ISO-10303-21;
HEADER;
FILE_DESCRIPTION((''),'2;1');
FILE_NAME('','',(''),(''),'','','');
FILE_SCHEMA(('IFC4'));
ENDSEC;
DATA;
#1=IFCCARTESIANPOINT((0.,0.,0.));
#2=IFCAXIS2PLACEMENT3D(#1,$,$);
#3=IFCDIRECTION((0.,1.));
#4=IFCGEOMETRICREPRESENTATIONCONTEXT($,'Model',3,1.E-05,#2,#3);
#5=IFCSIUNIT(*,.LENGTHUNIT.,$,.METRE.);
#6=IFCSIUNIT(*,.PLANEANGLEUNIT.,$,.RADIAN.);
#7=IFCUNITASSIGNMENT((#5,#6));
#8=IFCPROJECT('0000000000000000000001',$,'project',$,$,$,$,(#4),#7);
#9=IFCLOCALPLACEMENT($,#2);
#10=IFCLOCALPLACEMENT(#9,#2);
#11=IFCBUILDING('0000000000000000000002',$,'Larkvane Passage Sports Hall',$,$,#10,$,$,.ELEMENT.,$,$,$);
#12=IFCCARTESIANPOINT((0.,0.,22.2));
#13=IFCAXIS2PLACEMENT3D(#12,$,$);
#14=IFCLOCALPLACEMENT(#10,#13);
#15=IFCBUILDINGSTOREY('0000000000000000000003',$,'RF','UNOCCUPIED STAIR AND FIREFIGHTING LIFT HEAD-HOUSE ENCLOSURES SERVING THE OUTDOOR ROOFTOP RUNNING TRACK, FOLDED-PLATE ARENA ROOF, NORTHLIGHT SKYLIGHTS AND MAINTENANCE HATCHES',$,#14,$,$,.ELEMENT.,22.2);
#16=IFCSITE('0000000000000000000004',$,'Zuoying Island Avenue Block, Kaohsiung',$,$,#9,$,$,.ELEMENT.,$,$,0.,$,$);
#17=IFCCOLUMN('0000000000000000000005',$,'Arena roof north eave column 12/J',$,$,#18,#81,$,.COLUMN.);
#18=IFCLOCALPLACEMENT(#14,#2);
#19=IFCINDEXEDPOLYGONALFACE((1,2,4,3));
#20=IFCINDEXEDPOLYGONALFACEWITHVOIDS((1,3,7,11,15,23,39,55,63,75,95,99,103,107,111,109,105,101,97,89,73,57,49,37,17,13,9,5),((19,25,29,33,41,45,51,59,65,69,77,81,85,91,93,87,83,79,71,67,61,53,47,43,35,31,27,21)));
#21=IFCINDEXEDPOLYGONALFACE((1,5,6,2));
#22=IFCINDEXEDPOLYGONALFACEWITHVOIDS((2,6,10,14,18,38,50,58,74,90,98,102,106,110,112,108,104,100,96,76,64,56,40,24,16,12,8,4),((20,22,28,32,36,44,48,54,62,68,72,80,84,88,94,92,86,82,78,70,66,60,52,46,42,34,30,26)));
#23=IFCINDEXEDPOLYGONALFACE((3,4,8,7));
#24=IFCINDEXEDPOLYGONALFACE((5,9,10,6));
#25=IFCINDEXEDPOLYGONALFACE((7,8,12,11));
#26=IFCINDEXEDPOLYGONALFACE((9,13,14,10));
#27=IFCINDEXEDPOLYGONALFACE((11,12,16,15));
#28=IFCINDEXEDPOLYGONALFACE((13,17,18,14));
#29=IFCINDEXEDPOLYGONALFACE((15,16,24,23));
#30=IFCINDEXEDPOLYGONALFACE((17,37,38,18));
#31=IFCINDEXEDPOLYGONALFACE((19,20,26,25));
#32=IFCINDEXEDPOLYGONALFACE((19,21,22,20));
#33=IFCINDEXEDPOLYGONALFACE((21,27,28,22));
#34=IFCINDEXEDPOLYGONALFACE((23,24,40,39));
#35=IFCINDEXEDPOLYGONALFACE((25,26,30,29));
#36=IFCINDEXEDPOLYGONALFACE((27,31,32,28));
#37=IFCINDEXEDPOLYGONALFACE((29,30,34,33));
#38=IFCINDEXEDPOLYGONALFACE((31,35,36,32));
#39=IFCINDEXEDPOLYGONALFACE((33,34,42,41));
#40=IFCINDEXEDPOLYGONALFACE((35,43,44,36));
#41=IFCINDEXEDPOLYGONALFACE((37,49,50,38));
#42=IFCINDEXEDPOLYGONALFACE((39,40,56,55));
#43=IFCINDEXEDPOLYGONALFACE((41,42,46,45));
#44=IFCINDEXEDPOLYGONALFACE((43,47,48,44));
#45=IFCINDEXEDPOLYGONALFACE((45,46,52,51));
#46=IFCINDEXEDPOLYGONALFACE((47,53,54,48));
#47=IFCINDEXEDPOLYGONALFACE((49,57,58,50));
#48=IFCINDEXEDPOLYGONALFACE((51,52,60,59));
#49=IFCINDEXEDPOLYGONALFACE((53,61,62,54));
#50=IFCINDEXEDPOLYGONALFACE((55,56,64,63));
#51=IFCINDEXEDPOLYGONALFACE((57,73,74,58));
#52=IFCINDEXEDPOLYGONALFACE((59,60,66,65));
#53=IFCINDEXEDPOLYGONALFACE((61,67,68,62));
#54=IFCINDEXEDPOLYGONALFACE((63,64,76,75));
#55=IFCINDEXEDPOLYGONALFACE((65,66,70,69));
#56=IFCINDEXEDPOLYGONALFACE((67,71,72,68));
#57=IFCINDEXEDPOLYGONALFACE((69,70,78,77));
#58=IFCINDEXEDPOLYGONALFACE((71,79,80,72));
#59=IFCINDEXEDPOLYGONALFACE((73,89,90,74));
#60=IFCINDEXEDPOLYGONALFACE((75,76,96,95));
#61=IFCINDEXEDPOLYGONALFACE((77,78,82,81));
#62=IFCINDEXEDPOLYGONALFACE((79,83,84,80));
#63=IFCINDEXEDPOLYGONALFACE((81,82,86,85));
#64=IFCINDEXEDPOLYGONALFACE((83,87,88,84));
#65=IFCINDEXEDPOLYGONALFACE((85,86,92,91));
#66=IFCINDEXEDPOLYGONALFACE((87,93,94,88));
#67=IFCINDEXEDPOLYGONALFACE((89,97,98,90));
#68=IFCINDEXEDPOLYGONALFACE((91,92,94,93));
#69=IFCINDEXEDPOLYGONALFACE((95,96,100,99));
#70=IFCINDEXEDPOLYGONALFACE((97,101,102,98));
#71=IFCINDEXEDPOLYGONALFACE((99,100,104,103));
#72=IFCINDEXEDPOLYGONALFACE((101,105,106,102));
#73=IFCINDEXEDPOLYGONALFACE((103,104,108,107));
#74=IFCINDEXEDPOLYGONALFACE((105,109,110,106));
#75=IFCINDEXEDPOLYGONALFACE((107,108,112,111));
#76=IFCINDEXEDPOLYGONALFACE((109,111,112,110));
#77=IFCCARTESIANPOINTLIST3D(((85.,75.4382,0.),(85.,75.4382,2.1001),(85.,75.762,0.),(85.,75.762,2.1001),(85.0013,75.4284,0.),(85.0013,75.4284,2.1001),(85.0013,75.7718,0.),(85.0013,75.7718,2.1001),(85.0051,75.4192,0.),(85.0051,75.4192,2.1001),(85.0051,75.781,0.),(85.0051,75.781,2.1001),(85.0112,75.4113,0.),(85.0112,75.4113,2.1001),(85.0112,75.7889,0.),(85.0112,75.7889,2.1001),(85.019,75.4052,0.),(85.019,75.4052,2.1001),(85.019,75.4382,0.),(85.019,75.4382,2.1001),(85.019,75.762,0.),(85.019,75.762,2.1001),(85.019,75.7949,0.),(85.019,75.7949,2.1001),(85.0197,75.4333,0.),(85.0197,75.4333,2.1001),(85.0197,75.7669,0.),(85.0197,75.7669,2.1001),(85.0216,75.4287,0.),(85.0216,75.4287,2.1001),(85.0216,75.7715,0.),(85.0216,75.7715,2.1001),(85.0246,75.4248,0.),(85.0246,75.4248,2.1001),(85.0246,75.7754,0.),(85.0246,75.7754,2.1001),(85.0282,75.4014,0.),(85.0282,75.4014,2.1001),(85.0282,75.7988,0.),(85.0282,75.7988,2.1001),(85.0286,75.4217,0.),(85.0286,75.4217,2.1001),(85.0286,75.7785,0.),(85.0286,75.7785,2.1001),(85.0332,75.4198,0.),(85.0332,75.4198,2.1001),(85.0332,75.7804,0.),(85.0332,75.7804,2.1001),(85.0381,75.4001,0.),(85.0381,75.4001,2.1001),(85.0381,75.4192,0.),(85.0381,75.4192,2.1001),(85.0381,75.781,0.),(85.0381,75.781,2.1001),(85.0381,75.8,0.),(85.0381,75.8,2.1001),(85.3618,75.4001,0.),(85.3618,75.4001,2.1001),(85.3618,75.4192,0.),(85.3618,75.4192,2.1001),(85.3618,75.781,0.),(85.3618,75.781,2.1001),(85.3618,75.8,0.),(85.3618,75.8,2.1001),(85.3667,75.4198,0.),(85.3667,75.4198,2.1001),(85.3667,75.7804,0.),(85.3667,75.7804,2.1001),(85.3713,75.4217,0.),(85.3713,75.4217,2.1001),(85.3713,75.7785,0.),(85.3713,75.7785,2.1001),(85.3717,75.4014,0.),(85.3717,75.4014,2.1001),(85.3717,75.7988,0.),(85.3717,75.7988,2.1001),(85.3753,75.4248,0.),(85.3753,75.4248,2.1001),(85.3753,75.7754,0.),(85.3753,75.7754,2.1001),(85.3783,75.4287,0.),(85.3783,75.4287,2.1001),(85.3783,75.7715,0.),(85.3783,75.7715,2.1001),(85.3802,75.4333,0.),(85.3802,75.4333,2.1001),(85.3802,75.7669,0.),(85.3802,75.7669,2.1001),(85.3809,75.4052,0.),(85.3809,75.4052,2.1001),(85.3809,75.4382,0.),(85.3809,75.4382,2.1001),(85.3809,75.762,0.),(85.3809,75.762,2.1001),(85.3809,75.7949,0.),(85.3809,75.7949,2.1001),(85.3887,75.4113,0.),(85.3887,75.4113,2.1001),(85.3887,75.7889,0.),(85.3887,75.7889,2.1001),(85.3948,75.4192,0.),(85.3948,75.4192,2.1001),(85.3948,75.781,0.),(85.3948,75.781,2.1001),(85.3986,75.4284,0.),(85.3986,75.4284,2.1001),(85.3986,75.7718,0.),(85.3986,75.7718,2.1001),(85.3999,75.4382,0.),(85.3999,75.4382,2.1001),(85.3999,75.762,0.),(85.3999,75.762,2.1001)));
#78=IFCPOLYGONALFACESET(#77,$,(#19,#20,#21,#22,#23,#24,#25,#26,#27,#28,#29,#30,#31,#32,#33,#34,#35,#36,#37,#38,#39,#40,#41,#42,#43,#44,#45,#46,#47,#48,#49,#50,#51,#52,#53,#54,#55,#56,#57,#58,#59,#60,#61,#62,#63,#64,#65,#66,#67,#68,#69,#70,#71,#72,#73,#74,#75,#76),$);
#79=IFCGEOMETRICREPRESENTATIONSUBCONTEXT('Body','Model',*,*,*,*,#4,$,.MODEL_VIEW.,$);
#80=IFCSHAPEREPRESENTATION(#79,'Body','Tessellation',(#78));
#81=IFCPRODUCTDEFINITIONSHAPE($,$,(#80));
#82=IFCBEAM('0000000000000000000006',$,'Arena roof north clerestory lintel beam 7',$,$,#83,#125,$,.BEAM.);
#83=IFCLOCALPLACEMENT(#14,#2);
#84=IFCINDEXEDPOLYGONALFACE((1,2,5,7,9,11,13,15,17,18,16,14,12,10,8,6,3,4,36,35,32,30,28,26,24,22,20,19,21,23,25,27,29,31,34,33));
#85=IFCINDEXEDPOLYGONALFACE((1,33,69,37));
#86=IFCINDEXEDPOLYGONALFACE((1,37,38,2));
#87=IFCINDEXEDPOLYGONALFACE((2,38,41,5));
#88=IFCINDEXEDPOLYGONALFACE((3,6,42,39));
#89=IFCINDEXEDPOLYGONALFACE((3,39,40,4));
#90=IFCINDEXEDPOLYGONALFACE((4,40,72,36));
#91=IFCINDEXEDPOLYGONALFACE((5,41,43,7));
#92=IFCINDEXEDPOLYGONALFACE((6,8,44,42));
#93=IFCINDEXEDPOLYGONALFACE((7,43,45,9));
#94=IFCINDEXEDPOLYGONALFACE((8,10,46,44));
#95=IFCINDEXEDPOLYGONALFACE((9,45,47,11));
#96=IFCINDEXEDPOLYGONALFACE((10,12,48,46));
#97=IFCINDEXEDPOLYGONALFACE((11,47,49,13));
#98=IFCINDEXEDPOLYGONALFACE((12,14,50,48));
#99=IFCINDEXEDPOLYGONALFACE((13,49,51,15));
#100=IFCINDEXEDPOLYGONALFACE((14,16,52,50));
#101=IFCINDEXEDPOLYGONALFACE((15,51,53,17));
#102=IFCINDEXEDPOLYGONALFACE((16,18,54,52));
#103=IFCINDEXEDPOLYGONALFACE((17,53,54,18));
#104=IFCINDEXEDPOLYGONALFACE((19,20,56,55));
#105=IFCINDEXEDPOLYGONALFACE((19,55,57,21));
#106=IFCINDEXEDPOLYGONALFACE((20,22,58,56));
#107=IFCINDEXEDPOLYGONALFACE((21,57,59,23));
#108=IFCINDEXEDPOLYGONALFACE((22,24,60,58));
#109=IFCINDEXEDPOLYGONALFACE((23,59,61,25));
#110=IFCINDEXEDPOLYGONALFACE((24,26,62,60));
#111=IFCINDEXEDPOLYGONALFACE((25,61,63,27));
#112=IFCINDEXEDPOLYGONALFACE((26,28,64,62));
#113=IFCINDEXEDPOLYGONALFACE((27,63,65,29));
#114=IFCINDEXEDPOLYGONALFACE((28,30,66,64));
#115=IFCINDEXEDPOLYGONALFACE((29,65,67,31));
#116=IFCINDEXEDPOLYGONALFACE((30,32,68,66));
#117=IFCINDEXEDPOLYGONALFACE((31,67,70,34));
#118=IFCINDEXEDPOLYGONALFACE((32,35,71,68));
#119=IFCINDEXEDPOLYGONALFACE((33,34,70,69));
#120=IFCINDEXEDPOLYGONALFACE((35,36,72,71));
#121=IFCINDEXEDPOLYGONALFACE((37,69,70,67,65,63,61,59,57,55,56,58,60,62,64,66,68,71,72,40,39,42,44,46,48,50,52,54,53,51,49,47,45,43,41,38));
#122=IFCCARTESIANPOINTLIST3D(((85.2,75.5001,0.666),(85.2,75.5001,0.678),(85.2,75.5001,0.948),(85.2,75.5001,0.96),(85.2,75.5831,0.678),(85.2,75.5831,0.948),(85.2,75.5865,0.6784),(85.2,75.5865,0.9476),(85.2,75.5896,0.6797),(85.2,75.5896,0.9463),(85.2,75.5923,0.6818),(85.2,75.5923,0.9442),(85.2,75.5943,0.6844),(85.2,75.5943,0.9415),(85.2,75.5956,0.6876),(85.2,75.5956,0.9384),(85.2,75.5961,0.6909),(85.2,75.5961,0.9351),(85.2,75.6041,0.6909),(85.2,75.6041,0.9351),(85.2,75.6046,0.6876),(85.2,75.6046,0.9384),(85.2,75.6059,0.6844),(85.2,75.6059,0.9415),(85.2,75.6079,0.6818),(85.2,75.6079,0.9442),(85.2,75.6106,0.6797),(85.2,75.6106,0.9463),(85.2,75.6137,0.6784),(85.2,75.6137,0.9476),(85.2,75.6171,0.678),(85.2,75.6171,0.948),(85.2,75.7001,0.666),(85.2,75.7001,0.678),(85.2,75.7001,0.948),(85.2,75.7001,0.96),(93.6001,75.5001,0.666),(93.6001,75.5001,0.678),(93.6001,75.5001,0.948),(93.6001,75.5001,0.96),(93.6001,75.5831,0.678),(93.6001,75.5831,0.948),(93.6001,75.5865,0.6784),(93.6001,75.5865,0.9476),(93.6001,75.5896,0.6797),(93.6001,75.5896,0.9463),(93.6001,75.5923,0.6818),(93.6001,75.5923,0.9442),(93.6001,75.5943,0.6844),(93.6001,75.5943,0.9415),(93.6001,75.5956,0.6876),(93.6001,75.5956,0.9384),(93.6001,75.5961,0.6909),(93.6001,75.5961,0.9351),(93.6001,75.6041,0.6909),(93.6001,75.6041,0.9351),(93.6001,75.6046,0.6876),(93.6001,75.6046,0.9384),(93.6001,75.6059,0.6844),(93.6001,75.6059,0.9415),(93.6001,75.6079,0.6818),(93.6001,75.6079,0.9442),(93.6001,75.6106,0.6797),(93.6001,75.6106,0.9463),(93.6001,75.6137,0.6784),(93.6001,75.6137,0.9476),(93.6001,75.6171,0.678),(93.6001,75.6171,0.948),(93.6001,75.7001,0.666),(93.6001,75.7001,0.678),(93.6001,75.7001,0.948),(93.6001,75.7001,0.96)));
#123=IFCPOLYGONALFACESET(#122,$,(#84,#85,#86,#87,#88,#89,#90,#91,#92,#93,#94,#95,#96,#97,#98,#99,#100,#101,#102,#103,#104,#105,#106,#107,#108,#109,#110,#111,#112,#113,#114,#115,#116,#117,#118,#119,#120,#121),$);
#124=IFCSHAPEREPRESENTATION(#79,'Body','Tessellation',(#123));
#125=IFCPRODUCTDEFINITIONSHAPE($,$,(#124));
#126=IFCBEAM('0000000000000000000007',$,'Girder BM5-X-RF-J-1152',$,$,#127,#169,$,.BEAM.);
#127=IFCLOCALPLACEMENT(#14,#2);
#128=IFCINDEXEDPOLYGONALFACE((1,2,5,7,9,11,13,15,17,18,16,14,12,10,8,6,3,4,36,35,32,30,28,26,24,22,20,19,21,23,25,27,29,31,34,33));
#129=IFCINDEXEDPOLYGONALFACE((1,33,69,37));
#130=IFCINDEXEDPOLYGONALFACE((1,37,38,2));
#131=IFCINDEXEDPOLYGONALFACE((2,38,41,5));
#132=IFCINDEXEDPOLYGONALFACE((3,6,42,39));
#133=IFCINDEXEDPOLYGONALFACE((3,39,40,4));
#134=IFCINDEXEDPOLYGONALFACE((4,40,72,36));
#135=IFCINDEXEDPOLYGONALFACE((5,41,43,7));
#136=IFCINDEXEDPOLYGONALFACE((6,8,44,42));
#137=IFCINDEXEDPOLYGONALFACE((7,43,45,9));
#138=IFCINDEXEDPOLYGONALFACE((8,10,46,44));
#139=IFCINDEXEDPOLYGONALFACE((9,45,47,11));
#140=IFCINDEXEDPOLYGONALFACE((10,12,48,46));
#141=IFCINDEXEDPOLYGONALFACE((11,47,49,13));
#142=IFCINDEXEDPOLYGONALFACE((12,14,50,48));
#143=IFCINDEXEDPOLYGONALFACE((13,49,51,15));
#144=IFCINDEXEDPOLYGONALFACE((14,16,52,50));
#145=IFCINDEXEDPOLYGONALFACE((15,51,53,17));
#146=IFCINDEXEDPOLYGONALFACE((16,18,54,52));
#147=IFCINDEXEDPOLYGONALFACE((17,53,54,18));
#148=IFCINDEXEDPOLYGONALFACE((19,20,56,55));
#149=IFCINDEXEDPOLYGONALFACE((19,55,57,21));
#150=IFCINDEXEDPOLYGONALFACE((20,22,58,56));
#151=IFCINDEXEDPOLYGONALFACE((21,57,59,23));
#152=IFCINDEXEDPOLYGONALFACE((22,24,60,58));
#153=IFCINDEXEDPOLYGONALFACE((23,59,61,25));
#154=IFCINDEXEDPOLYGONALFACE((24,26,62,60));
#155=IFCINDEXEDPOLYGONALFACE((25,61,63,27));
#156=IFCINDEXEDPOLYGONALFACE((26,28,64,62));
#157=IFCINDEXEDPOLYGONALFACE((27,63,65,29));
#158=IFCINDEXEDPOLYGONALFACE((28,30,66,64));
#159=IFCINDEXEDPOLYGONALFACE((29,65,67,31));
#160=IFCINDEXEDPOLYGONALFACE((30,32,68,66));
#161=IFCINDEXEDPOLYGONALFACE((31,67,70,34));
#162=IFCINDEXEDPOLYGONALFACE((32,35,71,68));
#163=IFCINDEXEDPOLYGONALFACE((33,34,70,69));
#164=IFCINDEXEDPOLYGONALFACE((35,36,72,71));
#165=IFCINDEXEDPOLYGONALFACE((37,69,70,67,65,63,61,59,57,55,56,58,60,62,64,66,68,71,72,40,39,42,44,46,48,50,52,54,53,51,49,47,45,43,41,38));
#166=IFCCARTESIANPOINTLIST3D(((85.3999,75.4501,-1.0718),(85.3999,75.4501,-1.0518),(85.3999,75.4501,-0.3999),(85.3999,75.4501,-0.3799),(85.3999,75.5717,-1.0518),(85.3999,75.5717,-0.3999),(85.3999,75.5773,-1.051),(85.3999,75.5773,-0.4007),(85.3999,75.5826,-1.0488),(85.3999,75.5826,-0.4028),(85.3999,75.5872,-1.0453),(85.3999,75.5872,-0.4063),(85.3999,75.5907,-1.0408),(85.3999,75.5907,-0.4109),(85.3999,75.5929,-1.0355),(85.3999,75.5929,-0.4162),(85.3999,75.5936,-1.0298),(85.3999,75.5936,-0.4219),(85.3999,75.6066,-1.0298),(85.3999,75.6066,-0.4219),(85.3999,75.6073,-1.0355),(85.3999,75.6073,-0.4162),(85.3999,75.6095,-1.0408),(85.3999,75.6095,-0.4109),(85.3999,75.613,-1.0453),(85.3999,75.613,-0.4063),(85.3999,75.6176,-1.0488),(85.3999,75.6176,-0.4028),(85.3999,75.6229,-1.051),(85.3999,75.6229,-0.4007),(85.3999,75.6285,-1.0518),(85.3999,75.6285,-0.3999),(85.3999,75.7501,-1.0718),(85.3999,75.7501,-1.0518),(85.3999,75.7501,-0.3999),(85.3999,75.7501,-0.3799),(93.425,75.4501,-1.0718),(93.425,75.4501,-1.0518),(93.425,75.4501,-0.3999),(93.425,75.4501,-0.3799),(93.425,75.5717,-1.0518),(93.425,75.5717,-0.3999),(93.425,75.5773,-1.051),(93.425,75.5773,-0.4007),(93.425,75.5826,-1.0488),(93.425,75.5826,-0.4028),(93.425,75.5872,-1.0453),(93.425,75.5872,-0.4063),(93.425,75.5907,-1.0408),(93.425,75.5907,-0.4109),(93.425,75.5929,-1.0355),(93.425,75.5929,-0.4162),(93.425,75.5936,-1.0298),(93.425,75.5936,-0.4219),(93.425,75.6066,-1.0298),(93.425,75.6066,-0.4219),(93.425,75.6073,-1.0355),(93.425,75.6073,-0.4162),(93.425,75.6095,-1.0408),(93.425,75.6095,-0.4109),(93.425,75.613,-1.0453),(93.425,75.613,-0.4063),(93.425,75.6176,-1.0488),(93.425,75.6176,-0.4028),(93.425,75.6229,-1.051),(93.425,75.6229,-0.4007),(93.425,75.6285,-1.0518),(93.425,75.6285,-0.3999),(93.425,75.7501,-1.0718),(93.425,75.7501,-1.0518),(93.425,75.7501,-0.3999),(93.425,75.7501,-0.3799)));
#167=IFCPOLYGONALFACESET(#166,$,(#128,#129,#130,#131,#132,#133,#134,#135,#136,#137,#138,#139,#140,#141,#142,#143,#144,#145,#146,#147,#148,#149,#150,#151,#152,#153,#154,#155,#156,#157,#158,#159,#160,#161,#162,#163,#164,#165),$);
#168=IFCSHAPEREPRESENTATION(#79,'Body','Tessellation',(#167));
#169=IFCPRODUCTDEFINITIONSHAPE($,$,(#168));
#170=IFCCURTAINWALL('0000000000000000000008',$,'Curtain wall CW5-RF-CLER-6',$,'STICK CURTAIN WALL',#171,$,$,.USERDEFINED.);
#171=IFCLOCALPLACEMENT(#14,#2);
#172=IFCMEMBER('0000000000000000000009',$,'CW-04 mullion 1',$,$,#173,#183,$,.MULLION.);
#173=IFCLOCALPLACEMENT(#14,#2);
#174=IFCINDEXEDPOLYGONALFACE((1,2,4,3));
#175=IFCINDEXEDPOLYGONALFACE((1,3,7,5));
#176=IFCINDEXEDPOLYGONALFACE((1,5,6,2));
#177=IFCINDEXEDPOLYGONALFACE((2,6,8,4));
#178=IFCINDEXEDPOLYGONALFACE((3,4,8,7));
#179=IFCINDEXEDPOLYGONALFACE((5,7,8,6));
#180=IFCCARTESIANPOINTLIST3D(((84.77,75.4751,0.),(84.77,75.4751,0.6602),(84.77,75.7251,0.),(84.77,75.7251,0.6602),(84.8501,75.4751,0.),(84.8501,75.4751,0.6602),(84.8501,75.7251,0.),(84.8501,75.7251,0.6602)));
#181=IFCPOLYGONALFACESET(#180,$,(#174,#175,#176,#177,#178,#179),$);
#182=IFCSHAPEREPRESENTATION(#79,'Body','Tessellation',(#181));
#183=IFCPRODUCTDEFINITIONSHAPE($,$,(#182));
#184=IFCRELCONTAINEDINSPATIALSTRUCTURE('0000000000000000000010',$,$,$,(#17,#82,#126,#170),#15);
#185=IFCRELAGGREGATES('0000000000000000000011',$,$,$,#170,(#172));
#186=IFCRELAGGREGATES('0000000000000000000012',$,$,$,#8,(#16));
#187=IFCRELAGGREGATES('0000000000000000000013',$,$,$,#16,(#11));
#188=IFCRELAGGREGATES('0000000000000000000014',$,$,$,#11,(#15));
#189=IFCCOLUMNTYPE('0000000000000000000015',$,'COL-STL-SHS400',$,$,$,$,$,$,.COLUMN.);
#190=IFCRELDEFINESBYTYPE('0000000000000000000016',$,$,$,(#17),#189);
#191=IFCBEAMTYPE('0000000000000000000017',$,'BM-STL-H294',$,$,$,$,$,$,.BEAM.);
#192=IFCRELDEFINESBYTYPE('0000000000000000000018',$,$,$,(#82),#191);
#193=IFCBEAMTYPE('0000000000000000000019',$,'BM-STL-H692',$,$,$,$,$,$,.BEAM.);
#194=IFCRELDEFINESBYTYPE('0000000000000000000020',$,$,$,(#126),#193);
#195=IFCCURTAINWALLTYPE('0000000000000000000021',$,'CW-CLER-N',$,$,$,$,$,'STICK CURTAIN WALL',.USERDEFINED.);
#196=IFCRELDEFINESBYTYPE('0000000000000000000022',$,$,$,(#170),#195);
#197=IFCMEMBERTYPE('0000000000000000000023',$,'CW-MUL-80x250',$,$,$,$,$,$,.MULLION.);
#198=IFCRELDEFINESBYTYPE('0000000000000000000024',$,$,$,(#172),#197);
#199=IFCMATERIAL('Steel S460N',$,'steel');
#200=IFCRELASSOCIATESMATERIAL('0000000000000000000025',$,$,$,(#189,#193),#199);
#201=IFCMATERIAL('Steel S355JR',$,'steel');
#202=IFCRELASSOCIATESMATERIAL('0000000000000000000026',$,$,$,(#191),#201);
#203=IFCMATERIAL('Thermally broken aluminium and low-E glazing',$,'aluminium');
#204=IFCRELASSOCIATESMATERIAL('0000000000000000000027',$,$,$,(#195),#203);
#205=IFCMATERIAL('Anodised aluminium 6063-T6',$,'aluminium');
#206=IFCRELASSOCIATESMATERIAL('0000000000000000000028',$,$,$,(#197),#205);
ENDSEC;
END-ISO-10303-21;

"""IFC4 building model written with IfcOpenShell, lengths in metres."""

from ifc_helpers import new_model, si_unit, direction, frame, origin, origin_2d, place, context, subcontext, project, spatial, rectangle, hollow_rectangle, i_section, extrude, material, material_profile, profile_set, type_object, element, aggregate, save


model = new_model("IFC4")

# Units and contexts
model_context = context("Model", 3, precision=1e-05, world=origin(), true_north=direction((0.0, 1.0)))
body_context = subcontext(model_context, "Body", "Model", "MODEL_VIEW")
ifc_project = project(units=[si_unit("LENGTHUNIT", "METRE"), si_unit("PLANEANGLEUNIT", "RADIAN")], contexts=[model_context])

# Site, building, storey
site_placement = place(None, origin())
site = spatial("IfcSite", under=ifc_project, at=site_placement, Name="Zuoying Island Avenue Block, Kaohsiung", CompositionType="ELEMENT", RefElevation=0.0)
building_placement = place(site_placement, origin())
building = spatial("IfcBuilding", under=site, at=building_placement, Name="Larkvane Passage Sports Hall", CompositionType="ELEMENT")
storey_placement = place(building_placement, frame((0.0, 0.0, 22.2)))
storey = spatial("IfcBuildingStorey", under=building, at=storey_placement, Name="RF", Description="UNOCCUPIED STAIR AND FIREFIGHTING LIFT HEAD-HOUSE ENCLOSURES SERVING THE OUTDOOR ROOFTOP RUNNING TRACK, FOLDED-PLATE ARENA ROOF, NORTHLIGHT SKYLIGHTS AND MAINTENANCE HATCHES", CompositionType="ELEMENT", Elevation=22.2)

# Column
ifc_material_1 = material(Name="Steel S460N", Category="steel")
ifc_material_profile_1 = material_profile(ifc_material_1, hollow_rectangle(XDim=0.3999, YDim=0.3999, WallThickness=0.019, InnerFilletRadius=0.019, OuterFilletRadius=0.0381, at=origin_2d()), Name="SHS-400x400x19")
ifc_profile_set_1 = profile_set([ifc_material_profile_1], Name="Steel S460N")
column_type = type_object("IfcColumnType", Name="COL-STL-SHS400", PredefinedType="COLUMN", material=ifc_profile_set_1)
column_placement = place(storey_placement, frame((85.2, 75.6001, 0.0), z_axis=(0.0, 0.0, 1.0), x_axis=(1.0, 0.0, 0.0)))
element("IfcColumn", 1, at=column_placement, inside=storey, type_object=column_type, Name="Arena roof north eave column 12/J", PredefinedType="COLUMN", context=body_context, shape_type="SweptSolid", body=[
    extrude(hollow_rectangle(XDim=0.3999, YDim=0.3999, WallThickness=0.019, InnerFilletRadius=0.019, OuterFilletRadius=0.0381, at=origin_2d()), origin(), (0.0, 0.0, 1.0), 2.1001),
])

# Beams
ifc_material_2 = material(Name="Steel S355JR", Category="steel")
ifc_material_profile_2 = material_profile(ifc_material_2, i_section(OverallWidth=0.2, OverallDepth=0.2939, WebThickness=0.0081, FlangeThickness=0.012, FilletRadius=0.0129, at=origin_2d()), Name="H-294x200x8x12")
ifc_profile_set_2 = profile_set([ifc_material_profile_2], Name="Steel S355JR")
beam_type_1 = type_object("IfcBeamType", Name="BM-STL-H294", PredefinedType="BEAM", material=ifc_profile_set_2)
beam_1_placement = place(storey_placement, frame((85.2, 75.6001, 0.813), z_axis=(1.0, 0.0, 0.0), x_axis=(0.0, 1.0, 0.0)))
element("IfcBeam", 2, at=beam_1_placement, inside=storey, type_object=beam_type_1, Name="Arena roof north clerestory lintel beam 7", PredefinedType="BEAM", context=body_context, shape_type="SweptSolid", body=[
    extrude(i_section(OverallWidth=0.2, OverallDepth=0.2939, WebThickness=0.0081, FlangeThickness=0.012, FilletRadius=0.0129, at=origin_2d()), origin(), (0.0, 0.0, 1.0), 8.4001),
])
ifc_material_profile_3 = material_profile(ifc_material_1, i_section(OverallWidth=0.3, OverallDepth=0.6919, WebThickness=0.0129, FlangeThickness=0.02, FilletRadius=0.022, at=origin_2d()), Name="H-692x300x13x20")
ifc_profile_set_3 = profile_set([ifc_material_profile_3], Name="Steel S460N")
beam_type_2 = type_object("IfcBeamType", Name="BM-STL-H692", PredefinedType="BEAM", material=ifc_profile_set_3)
beam_2_placement = place(storey_placement, frame((85.3999, 75.6001, -0.7258), z_axis=(1.0, 0.0, 0.0), x_axis=(0.0, 1.0, 0.0)))
element("IfcBeam", 3, at=beam_2_placement, inside=storey, type_object=beam_type_2, Name="Girder BM5-X-RF-J-1152", PredefinedType="BEAM", context=body_context, shape_type="SweptSolid", body=[
    extrude(i_section(OverallWidth=0.3, OverallDepth=0.6919, WebThickness=0.0129, FlangeThickness=0.02, FilletRadius=0.022, at=origin_2d()), origin(), (0.0, 0.0, 1.0), 8.0251),
])

# Curtain wall, member
ifc_material_3 = material(Name="Thermally broken aluminium and low-E glazing", Category="aluminium")
curtain_wall_type = type_object("IfcCurtainWallType", Name="CW-CLER-N", ElementType="STICK CURTAIN WALL", PredefinedType="USERDEFINED", material=ifc_material_3)
curtain_wall_1_placement = place(storey_placement, origin())
curtain_wall_1 = element("IfcCurtainWall", 4, at=curtain_wall_1_placement, inside=storey, type_object=curtain_wall_type, Name="Curtain wall CW5-RF-CLER-6", ObjectType="STICK CURTAIN WALL", PredefinedType="USERDEFINED")
ifc_material_4 = material(Name="Anodised aluminium 6063-T6", Category="aluminium")
ifc_material_profile_4 = material_profile(ifc_material_4, rectangle(XDim=0.0801, YDim=0.25, at=origin_2d()), Name="ALU-MUL-80x250")
ifc_profile_set_4 = profile_set([ifc_material_profile_4], Name="Anodised aluminium 6063-T6")
member_type_1 = type_object("IfcMemberType", Name="CW-MUL-80x250", PredefinedType="MULLION", material=ifc_profile_set_4)
member_1_placement = place(storey_placement, frame((84.8101, 75.6001, 0.0), z_axis=(0.0, 0.0, 1.0), x_axis=(-1.0, 0.0, 0.0)))
member_1 = element("IfcMember", 5, at=member_1_placement, type_object=member_type_1, Name="CW-04 mullion 1", PredefinedType="MULLION", context=body_context, shape_type="SweptSolid", body=[
    extrude(rectangle(XDim=0.0801, YDim=0.25, at=origin_2d()), origin(), (0.0, 0.0, 1.0), 0.6602),
])

aggregate(curtain_wall_1, [member_1])

save(model, "model.ifc")
